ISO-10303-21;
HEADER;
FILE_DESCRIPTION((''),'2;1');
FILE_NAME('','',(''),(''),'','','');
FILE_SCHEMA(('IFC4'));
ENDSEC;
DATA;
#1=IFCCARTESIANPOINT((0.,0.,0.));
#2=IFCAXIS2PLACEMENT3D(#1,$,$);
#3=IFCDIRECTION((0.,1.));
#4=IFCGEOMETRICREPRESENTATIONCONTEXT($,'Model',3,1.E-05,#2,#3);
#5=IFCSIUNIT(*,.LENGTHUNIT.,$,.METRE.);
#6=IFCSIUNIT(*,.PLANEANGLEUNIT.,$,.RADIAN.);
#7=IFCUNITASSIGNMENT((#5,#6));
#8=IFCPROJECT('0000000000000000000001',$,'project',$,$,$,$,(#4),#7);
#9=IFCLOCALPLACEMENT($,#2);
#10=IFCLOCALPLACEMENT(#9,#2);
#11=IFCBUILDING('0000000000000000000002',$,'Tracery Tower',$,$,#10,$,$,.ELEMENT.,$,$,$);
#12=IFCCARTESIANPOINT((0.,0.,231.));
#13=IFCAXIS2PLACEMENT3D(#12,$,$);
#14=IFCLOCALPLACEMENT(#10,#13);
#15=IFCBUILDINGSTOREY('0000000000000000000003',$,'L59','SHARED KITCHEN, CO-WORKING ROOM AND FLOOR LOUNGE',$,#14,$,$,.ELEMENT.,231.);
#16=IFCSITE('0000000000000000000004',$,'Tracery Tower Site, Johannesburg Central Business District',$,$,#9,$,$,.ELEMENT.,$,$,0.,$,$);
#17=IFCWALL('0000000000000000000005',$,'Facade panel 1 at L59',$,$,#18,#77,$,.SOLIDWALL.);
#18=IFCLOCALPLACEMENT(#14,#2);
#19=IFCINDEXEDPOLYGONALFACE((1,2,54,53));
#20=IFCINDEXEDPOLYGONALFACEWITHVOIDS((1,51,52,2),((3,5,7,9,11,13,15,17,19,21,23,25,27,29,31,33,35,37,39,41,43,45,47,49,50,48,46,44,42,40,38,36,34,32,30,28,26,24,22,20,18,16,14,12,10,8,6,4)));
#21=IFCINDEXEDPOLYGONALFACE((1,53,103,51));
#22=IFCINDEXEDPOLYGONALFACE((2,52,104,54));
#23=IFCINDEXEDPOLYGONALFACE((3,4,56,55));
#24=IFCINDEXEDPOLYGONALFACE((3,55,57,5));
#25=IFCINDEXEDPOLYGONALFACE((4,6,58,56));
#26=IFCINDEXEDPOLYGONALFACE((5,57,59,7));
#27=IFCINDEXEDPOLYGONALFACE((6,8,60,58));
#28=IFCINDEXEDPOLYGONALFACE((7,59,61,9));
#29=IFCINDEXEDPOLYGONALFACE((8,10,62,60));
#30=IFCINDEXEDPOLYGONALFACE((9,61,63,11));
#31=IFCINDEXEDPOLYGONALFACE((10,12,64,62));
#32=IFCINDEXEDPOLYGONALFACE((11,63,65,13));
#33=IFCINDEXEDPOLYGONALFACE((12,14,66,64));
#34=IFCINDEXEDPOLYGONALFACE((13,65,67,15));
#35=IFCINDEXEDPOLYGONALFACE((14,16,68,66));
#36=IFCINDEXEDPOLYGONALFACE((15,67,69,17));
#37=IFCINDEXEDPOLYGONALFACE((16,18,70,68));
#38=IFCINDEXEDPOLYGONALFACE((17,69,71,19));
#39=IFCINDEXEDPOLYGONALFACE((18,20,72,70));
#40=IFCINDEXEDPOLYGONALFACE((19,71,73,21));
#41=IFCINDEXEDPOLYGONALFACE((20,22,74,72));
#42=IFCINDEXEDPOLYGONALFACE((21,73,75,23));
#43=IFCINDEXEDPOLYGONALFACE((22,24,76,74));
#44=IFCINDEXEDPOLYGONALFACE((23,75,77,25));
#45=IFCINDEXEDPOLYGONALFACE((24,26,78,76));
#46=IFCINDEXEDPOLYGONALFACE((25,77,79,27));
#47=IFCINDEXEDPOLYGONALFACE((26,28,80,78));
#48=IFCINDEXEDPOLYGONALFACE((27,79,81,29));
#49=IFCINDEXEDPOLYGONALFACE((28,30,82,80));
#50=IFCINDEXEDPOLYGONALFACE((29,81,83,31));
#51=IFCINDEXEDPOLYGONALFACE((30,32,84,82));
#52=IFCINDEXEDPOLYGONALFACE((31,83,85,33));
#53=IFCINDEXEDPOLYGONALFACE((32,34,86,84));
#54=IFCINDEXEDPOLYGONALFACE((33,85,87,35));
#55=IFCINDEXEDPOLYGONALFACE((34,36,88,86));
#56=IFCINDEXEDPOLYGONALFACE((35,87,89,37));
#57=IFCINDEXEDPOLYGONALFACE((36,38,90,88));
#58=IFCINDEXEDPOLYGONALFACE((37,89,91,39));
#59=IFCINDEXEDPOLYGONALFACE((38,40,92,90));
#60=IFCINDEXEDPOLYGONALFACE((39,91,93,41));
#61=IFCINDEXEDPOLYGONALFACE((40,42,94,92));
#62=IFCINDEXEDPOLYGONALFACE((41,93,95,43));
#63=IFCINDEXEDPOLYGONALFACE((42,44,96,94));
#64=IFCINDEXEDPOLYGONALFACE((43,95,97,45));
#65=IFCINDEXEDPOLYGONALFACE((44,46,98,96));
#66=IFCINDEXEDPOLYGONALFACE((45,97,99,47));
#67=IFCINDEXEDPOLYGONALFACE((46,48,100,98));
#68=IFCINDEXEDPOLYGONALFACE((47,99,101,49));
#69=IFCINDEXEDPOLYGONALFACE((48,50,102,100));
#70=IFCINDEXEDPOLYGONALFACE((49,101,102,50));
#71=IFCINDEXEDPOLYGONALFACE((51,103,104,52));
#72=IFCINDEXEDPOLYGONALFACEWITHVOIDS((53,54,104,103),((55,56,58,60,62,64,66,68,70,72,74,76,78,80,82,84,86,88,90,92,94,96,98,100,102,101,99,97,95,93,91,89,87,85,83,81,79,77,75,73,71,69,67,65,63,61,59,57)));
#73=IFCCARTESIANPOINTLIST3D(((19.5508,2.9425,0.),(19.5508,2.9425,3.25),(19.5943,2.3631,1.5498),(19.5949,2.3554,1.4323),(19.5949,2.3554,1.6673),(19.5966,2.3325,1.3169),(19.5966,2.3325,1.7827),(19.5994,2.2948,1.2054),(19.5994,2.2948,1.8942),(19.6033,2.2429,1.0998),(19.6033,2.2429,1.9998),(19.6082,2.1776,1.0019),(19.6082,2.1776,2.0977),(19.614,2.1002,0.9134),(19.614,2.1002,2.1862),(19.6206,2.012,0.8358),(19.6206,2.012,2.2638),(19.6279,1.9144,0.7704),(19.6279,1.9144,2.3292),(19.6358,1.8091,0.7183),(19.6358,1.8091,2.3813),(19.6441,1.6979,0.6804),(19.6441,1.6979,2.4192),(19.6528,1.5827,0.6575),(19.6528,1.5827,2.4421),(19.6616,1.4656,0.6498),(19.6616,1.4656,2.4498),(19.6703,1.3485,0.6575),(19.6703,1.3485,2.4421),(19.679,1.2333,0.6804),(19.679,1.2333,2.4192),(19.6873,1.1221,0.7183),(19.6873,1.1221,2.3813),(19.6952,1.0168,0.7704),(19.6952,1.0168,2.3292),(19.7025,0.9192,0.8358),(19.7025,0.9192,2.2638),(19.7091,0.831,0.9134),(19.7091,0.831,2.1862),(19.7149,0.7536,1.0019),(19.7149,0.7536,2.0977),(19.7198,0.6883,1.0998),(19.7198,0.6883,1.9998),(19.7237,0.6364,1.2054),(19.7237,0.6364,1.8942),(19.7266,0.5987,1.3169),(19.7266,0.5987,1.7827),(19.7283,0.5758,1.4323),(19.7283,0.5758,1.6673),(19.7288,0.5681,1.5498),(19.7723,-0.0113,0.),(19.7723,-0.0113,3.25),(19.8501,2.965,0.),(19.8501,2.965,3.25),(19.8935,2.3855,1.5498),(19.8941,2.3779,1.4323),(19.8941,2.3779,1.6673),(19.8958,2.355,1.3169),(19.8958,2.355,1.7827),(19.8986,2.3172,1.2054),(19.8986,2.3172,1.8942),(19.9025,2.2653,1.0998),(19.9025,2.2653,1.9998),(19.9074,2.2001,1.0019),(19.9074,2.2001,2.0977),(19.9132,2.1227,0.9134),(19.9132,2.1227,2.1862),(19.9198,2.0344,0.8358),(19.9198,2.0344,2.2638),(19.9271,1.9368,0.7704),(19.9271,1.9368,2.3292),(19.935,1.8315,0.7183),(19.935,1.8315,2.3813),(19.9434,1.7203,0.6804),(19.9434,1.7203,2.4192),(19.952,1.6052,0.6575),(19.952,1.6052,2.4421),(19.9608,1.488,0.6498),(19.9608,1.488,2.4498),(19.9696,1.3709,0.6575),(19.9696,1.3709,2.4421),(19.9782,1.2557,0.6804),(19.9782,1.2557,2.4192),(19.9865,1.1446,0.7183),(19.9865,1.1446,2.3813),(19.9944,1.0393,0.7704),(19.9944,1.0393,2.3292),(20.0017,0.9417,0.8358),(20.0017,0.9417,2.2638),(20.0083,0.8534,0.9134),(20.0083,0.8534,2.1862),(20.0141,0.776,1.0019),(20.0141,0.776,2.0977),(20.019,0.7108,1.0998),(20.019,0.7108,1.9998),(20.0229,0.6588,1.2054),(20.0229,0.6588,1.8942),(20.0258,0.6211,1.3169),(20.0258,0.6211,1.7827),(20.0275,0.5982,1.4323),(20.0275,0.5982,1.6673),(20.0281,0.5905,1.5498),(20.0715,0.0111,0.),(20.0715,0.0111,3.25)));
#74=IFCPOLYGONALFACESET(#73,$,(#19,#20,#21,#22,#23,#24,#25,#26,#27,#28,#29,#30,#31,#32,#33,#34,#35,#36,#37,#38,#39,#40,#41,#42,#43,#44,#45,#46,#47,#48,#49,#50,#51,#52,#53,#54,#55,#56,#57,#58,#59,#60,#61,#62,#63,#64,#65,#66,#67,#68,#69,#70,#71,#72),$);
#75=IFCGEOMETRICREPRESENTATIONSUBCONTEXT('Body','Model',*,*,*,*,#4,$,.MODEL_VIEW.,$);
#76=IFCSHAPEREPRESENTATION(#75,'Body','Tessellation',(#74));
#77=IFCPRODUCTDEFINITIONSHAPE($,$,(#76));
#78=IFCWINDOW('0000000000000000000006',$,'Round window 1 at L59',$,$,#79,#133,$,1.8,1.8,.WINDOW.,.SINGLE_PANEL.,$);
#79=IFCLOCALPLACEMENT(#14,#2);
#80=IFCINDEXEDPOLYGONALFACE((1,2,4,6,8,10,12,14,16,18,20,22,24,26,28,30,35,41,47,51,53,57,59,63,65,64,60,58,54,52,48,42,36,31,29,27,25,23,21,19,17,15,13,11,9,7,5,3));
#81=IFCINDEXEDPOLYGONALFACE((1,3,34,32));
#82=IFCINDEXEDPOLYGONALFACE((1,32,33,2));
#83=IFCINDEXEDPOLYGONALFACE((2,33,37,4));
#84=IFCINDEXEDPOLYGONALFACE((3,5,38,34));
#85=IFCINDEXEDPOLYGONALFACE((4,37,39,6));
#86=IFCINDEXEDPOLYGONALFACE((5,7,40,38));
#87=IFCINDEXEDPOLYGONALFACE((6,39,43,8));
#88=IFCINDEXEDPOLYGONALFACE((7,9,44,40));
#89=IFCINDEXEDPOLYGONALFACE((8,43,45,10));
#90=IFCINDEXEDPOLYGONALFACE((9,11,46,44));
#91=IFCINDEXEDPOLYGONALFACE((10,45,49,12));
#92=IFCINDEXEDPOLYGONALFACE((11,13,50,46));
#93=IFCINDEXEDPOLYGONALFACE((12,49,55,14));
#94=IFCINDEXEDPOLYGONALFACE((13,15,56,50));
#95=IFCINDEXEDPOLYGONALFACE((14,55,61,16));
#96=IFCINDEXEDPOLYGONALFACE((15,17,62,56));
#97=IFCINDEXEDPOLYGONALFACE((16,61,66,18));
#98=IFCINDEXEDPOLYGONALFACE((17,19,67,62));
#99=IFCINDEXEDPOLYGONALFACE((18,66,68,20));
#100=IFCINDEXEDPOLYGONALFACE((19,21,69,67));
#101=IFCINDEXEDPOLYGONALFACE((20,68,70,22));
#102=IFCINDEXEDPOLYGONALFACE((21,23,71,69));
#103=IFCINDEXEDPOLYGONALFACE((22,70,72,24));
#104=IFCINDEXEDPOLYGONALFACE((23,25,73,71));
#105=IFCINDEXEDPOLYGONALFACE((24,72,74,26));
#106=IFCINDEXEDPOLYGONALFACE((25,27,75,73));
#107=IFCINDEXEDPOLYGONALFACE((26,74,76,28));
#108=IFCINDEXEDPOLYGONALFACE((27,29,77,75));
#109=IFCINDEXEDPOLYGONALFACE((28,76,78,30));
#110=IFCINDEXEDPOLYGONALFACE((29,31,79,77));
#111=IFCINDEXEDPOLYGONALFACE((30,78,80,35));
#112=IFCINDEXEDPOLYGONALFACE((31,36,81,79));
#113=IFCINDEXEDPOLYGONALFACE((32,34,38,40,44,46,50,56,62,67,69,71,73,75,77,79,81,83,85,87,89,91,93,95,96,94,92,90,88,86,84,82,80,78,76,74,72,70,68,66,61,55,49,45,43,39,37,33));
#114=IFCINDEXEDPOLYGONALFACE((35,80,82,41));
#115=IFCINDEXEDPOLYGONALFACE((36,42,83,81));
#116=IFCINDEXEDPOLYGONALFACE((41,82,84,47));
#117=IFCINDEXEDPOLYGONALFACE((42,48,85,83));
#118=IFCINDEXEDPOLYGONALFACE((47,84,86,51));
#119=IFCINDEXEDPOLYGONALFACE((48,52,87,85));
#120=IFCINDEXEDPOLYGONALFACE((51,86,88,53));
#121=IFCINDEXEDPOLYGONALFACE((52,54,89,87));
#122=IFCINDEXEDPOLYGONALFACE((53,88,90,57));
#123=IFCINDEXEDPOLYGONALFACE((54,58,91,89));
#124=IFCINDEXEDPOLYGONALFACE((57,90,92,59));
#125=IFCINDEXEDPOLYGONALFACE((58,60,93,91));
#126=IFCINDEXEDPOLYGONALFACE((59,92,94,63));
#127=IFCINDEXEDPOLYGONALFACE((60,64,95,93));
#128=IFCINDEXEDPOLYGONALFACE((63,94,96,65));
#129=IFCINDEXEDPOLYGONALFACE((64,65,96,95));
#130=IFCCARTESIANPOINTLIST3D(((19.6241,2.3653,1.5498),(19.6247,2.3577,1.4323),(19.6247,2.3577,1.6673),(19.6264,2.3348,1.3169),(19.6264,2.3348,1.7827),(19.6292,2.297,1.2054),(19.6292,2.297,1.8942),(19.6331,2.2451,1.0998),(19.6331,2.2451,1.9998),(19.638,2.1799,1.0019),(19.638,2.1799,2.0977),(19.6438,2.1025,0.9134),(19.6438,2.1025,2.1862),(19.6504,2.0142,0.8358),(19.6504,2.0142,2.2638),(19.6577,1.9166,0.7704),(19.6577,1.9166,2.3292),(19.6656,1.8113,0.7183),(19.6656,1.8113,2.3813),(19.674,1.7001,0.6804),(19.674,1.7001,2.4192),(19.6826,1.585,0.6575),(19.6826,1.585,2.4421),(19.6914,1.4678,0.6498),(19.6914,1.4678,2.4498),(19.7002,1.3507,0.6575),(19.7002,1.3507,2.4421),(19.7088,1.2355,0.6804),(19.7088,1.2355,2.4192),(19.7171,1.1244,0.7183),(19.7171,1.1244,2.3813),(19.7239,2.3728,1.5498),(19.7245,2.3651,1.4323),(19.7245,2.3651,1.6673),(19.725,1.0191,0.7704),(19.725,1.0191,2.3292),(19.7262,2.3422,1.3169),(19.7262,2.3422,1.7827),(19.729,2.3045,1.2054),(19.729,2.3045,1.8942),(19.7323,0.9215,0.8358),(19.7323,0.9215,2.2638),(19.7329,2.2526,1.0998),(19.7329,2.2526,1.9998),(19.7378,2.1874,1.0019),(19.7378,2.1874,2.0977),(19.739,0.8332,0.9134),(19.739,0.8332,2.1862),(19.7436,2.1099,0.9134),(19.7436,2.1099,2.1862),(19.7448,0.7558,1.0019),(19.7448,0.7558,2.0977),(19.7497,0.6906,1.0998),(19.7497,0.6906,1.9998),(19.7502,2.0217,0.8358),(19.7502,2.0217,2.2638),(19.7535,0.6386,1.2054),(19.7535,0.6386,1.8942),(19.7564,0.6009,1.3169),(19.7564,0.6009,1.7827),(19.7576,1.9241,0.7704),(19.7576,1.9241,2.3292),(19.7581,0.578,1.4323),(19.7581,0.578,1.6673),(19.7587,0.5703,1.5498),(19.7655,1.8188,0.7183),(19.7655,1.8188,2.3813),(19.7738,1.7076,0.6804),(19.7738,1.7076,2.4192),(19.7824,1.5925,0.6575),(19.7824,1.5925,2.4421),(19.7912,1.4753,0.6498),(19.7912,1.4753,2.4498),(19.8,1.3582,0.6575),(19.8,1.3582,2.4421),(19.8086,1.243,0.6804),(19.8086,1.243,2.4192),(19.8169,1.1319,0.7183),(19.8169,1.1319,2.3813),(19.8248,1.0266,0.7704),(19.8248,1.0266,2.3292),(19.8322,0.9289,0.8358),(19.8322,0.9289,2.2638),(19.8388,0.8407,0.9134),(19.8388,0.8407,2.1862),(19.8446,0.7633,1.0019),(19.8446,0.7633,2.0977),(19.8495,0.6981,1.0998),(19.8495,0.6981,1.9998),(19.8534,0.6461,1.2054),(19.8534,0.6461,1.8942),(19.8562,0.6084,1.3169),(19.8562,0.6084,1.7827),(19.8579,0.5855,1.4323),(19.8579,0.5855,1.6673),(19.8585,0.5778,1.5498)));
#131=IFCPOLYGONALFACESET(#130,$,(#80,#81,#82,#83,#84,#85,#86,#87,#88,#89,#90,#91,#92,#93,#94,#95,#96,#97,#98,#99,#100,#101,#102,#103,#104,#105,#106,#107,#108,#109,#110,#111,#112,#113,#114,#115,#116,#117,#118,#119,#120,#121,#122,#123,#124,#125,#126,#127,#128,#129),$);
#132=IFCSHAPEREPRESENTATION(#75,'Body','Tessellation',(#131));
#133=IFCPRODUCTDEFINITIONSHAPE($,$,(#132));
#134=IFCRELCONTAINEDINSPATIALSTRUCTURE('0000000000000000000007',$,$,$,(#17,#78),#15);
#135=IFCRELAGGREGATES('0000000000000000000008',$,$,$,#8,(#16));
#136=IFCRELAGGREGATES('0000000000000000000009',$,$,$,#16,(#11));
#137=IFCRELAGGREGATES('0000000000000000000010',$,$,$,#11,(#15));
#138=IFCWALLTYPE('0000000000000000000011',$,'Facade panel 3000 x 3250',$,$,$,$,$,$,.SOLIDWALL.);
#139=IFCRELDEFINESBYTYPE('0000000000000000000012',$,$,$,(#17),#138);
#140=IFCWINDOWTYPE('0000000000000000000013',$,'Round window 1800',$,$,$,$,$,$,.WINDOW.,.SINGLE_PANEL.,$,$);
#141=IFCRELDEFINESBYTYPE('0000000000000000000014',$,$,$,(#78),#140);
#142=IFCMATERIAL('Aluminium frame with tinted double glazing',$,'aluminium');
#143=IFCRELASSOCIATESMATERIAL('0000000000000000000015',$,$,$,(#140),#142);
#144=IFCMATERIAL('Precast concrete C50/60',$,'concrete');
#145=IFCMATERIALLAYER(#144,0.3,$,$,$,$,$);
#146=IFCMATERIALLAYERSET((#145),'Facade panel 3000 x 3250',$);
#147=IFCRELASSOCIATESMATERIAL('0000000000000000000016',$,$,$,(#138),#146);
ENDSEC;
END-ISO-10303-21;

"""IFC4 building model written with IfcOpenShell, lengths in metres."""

from ifc_helpers import new_model, si_unit, direction, frame, frame_2d, origin, origin_2d, place, context, subcontext, project, spatial, rectangle, circle, extrude, material, layer, layer_set, type_object, element, fill, save


model = new_model("IFC4")

# Units and contexts
model_context = context("Model", 3, precision=1e-05, world=origin(), true_north=direction((0.0, 1.0)))
body_context = subcontext(model_context, "Body", "Model", "MODEL_VIEW")
ifc_project = project(units=[si_unit("LENGTHUNIT", "METRE"), si_unit("PLANEANGLEUNIT", "RADIAN")], contexts=[model_context])

# Site, building, storey
site_placement = place(None, origin())
site = spatial("IfcSite", under=ifc_project, at=site_placement, Name="Tracery Tower Site, Johannesburg Central Business District", CompositionType="ELEMENT", RefElevation=0.0)
building_placement = place(site_placement, origin())
building = spatial("IfcBuilding", under=site, at=building_placement, Name="Tracery Tower", CompositionType="ELEMENT")
storey_placement = place(building_placement, frame((0.0, 0.0, 231.0)))
storey = spatial("IfcBuildingStorey", under=building, at=storey_placement, Name="L59", Description="SHARED KITCHEN, CO-WORKING ROOM AND FLOOR LOUNGE", CompositionType="ELEMENT", Elevation=231.0)

# Wall, opening, window
ifc_material_1 = material(Name="Aluminium frame with tinted double glazing", Category="aluminium")
window_type = type_object("IfcWindowType", Name="Round window 1800", PartitioningType="SINGLE_PANEL", PredefinedType="WINDOW", material=ifc_material_1)
ifc_material_2 = material(Name="Precast concrete C50/60", Category="concrete")
ifc_layer_1 = layer(ifc_material_2, 0.3)
ifc_layer_set_1 = layer_set([ifc_layer_1], Name="Facade panel 3000 x 3250")
wall_type_1 = type_object("IfcWallType", Name="Facade panel 3000 x 3250", PredefinedType="SOLIDWALL", material=ifc_layer_set_1)
wall_1_placement = place(storey_placement, frame((19.9219, 0.0, 0.0), z_axis=(0.0, 0.0, 1.0), x_axis=(-0.074755, 0.997202, 0.0)))
wall_1 = element("IfcWall", 1, at=wall_1_placement, inside=storey, type_object=wall_type_1, Name="Facade panel 1 at L59", PredefinedType="SOLIDWALL", context=body_context, shape_type="SweptSolid", body=[
    extrude(rectangle(XDim=2.9622, YDim=0.3, at=frame_2d((1.481, 0.0))), origin(), (0.0, 0.0, 1.0), 3.25),
])
opening_1_placement = place(wall_1_placement, frame((1.481, 0.0, 1.5498)))
opening_1 = element("IfcOpeningElement", 2, at=opening_1_placement, cuts=wall_1, PredefinedType="OPENING", context=body_context, shape_type="SweptSolid", body=[
    extrude(circle(Radius=0.9, at=origin_2d()), frame((0.0, 0.1599, 0.0), z_axis=(0.0, -1.0, 0.0), x_axis=(1.0, 0.0, 0.0)), (0.0, 0.0, 1.0), 0.3201),
])
window_1_placement = place(opening_1_placement, origin())
window_1 = element("IfcWindow", 3, at=window_1_placement, inside=storey, type_object=window_type, Name="Round window 1 at L59", OverallHeight=1.8, OverallWidth=1.8, PartitioningType="SINGLE_PANEL", PredefinedType="WINDOW", context=body_context, shape_type="SweptSolid", body=[
    extrude(circle(Radius=0.9, at=origin_2d()), frame((0.0, 0.1201, 0.0), z_axis=(0.0, -1.0, 0.0), x_axis=(1.0, 0.0, 0.0)), (0.0, 0.0, 1.0), 0.1001),
])
fill(opening_1, window_1)

save(model, "model.ifc")
